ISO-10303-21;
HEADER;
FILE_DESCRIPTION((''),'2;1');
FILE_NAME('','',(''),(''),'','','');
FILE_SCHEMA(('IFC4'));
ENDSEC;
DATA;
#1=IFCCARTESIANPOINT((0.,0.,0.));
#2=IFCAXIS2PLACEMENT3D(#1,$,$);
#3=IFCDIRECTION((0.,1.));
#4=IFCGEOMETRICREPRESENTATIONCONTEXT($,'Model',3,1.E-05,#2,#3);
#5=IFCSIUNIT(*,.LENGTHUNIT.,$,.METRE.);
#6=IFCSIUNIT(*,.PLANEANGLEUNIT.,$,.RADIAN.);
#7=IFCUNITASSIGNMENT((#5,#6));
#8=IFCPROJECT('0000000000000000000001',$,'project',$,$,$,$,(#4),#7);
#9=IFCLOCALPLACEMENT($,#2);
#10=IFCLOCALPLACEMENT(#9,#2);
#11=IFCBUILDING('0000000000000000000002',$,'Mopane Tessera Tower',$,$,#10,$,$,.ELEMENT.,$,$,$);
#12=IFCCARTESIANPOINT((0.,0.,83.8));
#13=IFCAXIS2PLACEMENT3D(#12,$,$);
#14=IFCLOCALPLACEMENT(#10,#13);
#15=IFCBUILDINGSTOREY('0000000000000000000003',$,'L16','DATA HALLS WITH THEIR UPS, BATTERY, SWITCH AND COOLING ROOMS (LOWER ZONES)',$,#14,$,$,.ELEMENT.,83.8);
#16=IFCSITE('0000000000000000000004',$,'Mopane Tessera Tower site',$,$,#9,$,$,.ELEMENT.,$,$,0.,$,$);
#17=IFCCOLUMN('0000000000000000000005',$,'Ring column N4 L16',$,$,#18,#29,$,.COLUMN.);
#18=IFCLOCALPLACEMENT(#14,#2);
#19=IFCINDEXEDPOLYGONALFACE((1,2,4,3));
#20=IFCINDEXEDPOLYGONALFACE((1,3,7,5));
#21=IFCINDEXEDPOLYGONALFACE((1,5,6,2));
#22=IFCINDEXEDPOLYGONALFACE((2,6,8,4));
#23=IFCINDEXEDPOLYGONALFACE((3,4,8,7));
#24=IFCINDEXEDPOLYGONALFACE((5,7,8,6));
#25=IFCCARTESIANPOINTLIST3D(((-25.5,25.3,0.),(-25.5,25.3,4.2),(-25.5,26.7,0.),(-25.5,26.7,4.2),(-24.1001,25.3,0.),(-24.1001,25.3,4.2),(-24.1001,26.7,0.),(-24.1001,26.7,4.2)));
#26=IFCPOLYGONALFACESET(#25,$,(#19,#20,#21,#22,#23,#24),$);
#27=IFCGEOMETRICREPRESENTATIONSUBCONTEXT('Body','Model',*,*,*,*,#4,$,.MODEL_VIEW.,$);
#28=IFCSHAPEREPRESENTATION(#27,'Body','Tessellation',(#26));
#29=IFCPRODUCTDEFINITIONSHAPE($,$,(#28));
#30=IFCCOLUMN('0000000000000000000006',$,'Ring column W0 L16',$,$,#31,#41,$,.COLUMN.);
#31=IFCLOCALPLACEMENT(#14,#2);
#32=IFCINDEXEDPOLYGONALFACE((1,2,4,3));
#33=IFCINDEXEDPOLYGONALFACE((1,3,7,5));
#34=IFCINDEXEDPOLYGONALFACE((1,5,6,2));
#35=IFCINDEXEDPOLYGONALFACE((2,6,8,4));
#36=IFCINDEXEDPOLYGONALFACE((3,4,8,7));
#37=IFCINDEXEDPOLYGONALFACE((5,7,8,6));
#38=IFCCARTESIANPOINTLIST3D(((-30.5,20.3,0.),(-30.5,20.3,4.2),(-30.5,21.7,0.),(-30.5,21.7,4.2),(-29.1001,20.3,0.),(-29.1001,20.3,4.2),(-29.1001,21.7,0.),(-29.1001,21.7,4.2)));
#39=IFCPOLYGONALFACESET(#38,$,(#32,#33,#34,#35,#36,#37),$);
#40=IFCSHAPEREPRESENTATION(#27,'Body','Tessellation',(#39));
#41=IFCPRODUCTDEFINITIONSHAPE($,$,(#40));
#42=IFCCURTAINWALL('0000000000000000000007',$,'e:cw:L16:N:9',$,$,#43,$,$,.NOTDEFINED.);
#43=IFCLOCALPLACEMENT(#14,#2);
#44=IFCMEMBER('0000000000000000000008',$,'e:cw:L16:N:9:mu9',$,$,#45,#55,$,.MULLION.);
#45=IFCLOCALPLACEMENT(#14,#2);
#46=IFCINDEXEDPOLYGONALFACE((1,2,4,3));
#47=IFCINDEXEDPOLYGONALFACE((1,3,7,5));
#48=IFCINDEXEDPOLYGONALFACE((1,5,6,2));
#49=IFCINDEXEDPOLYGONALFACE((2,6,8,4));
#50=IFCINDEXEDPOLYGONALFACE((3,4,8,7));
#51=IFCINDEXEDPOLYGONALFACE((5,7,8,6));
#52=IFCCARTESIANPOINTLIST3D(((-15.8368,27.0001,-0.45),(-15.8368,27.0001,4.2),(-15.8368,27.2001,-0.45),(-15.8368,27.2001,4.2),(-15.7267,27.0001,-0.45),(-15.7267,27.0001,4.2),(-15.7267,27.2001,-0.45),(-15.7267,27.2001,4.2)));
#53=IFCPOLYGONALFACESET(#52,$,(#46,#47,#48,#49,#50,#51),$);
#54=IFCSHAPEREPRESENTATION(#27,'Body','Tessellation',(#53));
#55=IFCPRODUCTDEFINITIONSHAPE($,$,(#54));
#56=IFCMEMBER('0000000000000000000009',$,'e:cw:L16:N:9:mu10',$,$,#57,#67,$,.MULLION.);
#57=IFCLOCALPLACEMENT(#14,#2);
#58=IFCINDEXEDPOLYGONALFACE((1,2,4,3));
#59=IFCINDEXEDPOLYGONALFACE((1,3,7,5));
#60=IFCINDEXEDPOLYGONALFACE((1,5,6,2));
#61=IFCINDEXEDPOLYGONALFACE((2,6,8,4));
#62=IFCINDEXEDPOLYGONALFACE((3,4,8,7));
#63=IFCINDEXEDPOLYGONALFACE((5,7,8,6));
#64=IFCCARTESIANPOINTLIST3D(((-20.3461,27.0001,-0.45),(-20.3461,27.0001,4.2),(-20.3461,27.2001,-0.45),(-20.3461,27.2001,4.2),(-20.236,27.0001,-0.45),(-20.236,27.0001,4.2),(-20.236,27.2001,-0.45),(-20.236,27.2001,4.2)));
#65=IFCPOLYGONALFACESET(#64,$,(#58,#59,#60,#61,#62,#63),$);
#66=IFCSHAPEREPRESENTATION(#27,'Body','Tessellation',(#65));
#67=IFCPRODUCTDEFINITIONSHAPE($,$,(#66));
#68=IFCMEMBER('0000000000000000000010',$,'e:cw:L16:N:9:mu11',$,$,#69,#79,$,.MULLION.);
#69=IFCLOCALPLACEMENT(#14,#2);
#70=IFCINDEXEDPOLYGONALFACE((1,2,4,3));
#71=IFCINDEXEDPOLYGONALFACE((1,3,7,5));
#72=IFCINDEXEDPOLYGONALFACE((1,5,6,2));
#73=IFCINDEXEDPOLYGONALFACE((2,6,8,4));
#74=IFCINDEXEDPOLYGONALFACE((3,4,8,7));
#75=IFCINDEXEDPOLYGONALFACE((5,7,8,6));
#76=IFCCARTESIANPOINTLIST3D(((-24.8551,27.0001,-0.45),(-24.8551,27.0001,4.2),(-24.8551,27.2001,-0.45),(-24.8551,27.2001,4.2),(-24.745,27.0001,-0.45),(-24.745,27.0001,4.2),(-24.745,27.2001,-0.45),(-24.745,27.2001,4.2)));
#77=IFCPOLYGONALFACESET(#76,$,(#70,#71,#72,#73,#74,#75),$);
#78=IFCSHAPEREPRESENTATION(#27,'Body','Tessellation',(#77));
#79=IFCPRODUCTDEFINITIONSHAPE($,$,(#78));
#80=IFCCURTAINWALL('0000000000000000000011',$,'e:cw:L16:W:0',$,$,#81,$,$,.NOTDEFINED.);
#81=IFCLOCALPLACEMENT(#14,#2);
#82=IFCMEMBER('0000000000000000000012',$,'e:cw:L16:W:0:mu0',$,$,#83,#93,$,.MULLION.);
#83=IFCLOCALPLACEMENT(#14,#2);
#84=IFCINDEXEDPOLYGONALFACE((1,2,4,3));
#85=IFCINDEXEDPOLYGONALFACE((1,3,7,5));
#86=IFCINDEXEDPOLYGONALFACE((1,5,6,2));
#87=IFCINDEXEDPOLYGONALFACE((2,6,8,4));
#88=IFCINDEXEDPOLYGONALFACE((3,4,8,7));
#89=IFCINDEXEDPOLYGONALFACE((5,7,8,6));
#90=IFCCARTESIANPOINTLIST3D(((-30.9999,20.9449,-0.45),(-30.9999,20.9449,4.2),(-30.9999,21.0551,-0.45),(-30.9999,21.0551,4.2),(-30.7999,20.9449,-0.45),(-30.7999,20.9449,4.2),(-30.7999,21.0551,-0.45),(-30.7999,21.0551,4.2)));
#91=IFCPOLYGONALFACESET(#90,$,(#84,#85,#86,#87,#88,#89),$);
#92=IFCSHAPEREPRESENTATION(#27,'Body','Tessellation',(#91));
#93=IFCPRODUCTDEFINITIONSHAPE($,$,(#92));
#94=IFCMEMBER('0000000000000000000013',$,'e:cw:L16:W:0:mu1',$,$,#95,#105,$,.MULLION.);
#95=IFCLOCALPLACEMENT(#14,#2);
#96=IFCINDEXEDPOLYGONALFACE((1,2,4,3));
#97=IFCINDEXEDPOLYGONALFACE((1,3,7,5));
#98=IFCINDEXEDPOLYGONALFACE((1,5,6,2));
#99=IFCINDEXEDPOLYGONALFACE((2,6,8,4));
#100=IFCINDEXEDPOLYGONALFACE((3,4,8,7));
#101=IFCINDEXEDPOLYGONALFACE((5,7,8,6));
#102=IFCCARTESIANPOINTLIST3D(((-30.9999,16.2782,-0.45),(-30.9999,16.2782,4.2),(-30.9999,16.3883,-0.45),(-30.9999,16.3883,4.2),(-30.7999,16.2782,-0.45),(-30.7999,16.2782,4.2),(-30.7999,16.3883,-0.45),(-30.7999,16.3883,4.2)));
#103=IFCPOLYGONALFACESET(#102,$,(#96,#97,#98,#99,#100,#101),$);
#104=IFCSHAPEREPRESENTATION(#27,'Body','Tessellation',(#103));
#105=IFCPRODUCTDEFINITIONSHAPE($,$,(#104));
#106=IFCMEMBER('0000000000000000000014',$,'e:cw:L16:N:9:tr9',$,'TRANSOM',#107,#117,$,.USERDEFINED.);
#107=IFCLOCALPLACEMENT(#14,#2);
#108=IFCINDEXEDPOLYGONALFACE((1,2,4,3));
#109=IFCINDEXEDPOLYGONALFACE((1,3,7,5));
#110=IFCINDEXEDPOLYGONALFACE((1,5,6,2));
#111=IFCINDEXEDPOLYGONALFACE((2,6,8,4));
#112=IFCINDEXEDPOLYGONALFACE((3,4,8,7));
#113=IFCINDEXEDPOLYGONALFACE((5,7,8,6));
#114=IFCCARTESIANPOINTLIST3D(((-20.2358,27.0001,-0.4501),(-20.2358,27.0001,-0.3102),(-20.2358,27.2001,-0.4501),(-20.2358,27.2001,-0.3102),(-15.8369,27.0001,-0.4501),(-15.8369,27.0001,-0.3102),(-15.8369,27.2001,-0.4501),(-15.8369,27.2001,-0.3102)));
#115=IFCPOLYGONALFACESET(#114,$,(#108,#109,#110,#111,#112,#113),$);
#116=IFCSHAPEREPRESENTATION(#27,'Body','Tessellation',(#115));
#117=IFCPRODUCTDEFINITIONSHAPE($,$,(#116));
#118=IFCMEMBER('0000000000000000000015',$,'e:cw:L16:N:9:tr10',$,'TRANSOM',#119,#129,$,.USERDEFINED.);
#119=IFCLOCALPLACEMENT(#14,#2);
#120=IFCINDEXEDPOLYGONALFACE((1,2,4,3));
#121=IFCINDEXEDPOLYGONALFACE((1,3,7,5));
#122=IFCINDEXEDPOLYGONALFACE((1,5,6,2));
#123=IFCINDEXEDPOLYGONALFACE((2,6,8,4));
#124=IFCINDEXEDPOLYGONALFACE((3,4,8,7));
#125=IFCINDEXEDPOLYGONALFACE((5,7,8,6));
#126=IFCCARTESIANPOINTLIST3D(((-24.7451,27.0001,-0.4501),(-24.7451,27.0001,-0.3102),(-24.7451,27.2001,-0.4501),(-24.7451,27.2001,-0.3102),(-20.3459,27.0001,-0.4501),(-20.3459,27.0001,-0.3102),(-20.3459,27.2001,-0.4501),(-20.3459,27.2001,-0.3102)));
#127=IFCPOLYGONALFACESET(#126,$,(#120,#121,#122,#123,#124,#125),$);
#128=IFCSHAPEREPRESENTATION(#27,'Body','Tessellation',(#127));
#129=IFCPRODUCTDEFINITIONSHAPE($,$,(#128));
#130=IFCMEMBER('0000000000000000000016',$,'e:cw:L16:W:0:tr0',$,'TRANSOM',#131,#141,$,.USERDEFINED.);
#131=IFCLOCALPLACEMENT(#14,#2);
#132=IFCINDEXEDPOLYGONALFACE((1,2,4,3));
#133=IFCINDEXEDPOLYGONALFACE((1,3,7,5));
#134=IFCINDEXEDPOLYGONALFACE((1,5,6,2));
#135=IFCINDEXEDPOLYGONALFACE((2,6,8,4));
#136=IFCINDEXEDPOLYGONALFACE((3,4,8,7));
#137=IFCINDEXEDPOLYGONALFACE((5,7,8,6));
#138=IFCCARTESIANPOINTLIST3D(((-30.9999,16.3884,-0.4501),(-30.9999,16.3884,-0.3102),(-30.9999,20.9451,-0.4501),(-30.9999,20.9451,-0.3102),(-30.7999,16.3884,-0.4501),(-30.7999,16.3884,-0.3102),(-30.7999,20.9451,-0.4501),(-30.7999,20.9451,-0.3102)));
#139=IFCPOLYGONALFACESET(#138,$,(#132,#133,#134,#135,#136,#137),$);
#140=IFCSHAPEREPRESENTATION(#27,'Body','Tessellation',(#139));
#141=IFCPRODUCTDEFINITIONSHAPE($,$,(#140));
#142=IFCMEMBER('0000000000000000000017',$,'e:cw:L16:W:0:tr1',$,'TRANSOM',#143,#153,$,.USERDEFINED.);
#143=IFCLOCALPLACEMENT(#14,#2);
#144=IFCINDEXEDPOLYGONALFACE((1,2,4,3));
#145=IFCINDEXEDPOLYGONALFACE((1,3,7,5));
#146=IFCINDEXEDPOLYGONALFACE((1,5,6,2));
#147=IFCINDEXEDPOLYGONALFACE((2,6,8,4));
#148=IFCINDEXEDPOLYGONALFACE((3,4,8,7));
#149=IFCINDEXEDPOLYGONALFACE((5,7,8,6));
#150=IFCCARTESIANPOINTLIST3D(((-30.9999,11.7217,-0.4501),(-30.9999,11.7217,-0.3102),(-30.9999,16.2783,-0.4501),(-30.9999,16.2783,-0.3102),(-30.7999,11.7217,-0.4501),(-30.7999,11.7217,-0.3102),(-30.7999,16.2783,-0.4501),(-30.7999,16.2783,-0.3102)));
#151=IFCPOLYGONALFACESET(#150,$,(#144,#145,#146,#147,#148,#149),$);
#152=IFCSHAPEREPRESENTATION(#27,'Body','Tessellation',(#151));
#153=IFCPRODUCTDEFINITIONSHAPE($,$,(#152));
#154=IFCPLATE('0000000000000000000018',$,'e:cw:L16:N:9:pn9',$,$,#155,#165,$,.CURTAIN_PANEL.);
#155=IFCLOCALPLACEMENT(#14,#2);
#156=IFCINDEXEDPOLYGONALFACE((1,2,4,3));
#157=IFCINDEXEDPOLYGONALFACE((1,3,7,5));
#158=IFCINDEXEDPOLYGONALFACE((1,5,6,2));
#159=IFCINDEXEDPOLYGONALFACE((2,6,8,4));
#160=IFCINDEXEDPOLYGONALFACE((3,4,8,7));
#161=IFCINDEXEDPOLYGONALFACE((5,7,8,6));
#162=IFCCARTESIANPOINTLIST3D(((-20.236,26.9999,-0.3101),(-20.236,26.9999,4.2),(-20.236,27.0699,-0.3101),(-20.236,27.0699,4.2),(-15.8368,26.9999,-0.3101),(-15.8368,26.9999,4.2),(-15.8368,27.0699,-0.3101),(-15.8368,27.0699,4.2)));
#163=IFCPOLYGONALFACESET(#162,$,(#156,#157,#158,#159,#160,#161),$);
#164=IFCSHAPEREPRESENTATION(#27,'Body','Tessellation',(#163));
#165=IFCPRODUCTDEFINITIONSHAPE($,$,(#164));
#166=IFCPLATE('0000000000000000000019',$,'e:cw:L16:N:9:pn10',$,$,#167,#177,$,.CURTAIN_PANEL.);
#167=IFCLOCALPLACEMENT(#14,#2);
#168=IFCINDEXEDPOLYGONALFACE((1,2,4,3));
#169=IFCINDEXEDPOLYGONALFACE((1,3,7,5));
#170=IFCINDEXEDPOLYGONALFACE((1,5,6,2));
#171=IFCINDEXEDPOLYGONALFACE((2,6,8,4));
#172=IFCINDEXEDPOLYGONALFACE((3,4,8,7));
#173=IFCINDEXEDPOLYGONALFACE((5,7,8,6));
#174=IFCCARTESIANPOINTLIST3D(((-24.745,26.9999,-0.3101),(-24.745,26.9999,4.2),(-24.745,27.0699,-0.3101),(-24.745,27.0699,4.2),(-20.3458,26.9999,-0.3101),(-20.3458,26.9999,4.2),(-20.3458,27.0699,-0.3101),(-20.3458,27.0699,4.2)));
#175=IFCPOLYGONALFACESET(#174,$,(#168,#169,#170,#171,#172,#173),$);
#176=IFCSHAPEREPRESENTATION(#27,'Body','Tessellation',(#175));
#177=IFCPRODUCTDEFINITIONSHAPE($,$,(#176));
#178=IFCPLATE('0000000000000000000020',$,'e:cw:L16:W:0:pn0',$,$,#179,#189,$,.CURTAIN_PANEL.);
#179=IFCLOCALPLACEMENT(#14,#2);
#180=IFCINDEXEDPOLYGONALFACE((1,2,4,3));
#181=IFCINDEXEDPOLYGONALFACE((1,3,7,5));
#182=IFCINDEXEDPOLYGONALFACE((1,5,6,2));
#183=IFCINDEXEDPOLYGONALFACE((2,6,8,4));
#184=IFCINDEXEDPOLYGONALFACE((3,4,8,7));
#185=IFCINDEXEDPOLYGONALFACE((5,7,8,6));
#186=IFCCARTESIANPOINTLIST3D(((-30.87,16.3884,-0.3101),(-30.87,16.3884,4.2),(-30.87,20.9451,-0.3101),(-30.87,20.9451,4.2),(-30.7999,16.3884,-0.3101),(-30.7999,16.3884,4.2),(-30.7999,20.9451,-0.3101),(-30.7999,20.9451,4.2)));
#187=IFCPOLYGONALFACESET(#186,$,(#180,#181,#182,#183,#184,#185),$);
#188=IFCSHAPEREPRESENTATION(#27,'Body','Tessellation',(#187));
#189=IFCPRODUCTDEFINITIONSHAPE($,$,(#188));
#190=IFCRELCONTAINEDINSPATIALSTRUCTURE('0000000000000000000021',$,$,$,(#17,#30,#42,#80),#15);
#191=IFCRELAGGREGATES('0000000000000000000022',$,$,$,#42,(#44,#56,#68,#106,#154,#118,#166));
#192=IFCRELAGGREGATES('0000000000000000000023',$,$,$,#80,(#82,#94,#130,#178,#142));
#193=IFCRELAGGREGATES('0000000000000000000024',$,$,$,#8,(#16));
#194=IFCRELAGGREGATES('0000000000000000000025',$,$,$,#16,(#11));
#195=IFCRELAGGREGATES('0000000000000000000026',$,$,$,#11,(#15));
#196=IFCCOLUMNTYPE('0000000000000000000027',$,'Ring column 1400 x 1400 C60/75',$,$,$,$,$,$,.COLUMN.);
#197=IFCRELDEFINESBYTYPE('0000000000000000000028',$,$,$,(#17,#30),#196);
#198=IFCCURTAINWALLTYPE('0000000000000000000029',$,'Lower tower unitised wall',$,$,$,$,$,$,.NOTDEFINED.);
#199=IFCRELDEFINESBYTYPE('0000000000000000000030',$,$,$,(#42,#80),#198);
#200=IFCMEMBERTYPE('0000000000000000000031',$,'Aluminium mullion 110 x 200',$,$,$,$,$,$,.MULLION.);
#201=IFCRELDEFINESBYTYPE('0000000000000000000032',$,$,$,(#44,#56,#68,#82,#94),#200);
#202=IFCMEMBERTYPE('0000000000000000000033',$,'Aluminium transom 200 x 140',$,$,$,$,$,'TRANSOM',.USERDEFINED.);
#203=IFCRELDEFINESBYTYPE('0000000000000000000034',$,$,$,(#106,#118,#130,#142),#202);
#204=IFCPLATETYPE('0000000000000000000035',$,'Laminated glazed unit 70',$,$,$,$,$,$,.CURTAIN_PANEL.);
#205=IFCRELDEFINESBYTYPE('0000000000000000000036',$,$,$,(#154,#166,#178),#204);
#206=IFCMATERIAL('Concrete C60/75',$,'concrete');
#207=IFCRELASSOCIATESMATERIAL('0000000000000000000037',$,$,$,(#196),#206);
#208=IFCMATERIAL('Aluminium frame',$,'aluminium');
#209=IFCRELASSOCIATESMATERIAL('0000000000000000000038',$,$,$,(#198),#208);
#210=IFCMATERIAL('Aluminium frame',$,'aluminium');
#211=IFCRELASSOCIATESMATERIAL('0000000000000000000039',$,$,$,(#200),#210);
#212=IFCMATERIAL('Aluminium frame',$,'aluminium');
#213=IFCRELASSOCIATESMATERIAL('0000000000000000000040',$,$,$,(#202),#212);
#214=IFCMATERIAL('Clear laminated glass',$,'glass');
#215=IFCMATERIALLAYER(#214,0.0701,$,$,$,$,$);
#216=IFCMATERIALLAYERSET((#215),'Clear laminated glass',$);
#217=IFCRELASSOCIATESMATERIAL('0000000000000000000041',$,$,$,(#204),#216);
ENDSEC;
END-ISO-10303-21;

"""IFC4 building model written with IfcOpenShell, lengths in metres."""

from ifc_helpers import new_model, si_unit, direction, frame, origin, origin_2d, place, context, subcontext, project, spatial, rectangle, extrude, material, layer, layer_set, material_profile, profile_set, type_object, element, aggregate, save


model = new_model("IFC4")

# Units and contexts
model_context = context("Model", 3, precision=1e-05, world=origin(), true_north=direction((0.0, 1.0)))
body_context = subcontext(model_context, "Body", "Model", "MODEL_VIEW")
ifc_project = project(units=[si_unit("LENGTHUNIT", "METRE"), si_unit("PLANEANGLEUNIT", "RADIAN")], contexts=[model_context])

# Site, building, storey
site_placement = place(None, origin())
site = spatial("IfcSite", under=ifc_project, at=site_placement, Name="Mopane Tessera Tower site", CompositionType="ELEMENT", RefElevation=0.0)
building_placement = place(site_placement, origin())
building = spatial("IfcBuilding", under=site, at=building_placement, Name="Mopane Tessera Tower", CompositionType="ELEMENT")
storey_placement = place(building_placement, frame((0.0, 0.0, 83.8)))
storey = spatial("IfcBuildingStorey", under=building, at=storey_placement, Name="L16", Description="DATA HALLS WITH THEIR UPS, BATTERY, SWITCH AND COOLING ROOMS (LOWER ZONES)", CompositionType="ELEMENT", Elevation=83.8)

# Columns
ifc_material_1 = material(Name="Concrete C60/75", Category="concrete")
ifc_material_profile_1 = material_profile(ifc_material_1, rectangle(XDim=1.3999, YDim=1.3999, at=origin_2d()))
ifc_profile_set_1 = profile_set([ifc_material_profile_1], Name="Concrete C60/75")
column_type = type_object("IfcColumnType", Name="Ring column 1400 x 1400 C60/75", PredefinedType="COLUMN", material=ifc_profile_set_1)
for number, where, z_axis, x_axis, name in (
    (1, (-24.8, 26.0, 0.0), (0.0, 0.0, 1.0), (1.0, 0.0, 0.0), "Ring column N4 L16"),
    (2, (-29.8, 21.0, 0.0), (0.0, 0.0, 1.0), (1.0, 0.0, 0.0), "Ring column W0 L16"),
):
    element("IfcColumn", number, at=place(storey_placement, frame(where, z_axis=z_axis, x_axis=x_axis)), inside=storey, type_object=column_type, Name=name, PredefinedType="COLUMN", context=body_context, shape_type="SweptSolid", body=[
        extrude(rectangle(XDim=1.3999, YDim=1.3999, at=origin_2d()), origin(), (0.0, 0.0, 1.0), 4.2),
    ])

# Curtain walls, members
ifc_material_2 = material(Name="Aluminium frame", Category="aluminium")
curtain_wall_type = type_object("IfcCurtainWallType", Name="Lower tower unitised wall", PredefinedType="NOTDEFINED", material=ifc_material_2)
curtain_wall_1_placement = place(storey_placement, origin())
curtain_wall_1 = element("IfcCurtainWall", 3, at=curtain_wall_1_placement, inside=storey, type_object=curtain_wall_type, Name="e:cw:L16:N:9", PredefinedType="NOTDEFINED")
ifc_material_3 = material(Name="Aluminium frame", Category="aluminium")
ifc_material_profile_2 = material_profile(ifc_material_3, rectangle(XDim=0.1101, YDim=0.2, at=origin_2d()))
ifc_profile_set_2 = profile_set([ifc_material_profile_2], Name="Aluminium frame")
member_type_1 = type_object("IfcMemberType", Name="Aluminium mullion 110 x 200", PredefinedType="MULLION", material=ifc_profile_set_2)
member_1_placement = place(storey_placement, frame((-15.7817, 27.1001, -0.45), z_axis=(0.0, 0.0, 1.0), x_axis=(-1.0, 0.0, 0.0)))
member_1 = element("IfcMember", 4, at=member_1_placement, type_object=member_type_1, Name="e:cw:L16:N:9:mu9", PredefinedType="MULLION", context=body_context, shape_type="SweptSolid", body=[
    extrude(rectangle(XDim=0.1101, YDim=0.2, at=origin_2d()), origin(), (0.0, 0.0, 1.0), 4.6499),
])
member_2_placement = place(storey_placement, frame((-20.291, 27.1001, -0.45), z_axis=(0.0, 0.0, 1.0), x_axis=(-1.0, 0.0, 0.0)))
member_2 = element("IfcMember", 5, at=member_2_placement, type_object=member_type_1, Name="e:cw:L16:N:9:mu10", PredefinedType="MULLION", context=body_context, shape_type="SweptSolid", body=[
    extrude(rectangle(XDim=0.1101, YDim=0.2, at=origin_2d()), origin(), (0.0, 0.0, 1.0), 4.6499),
])
member_3_placement = place(storey_placement, frame((-24.8, 27.1001, -0.45), z_axis=(0.0, 0.0, 1.0), x_axis=(-1.0, 0.0, 0.0)))
member_3 = element("IfcMember", 6, at=member_3_placement, type_object=member_type_1, Name="e:cw:L16:N:9:mu11", PredefinedType="MULLION", context=body_context, shape_type="SweptSolid", body=[
    extrude(rectangle(XDim=0.1101, YDim=0.2, at=origin_2d()), origin(), (0.0, 0.0, 1.0), 4.6499),
])
curtain_wall_2_placement = place(storey_placement, origin())
curtain_wall_2 = element("IfcCurtainWall", 7, at=curtain_wall_2_placement, inside=storey, type_object=curtain_wall_type, Name="e:cw:L16:W:0", PredefinedType="NOTDEFINED")
member_4_placement = place(storey_placement, frame((-30.8999, 21.0, -0.45), z_axis=(0.0, 0.0, 1.0), x_axis=(0.0, -1.0, 0.0)))
member_4 = element("IfcMember", 8, at=member_4_placement, type_object=member_type_1, Name="e:cw:L16:W:0:mu0", PredefinedType="MULLION", context=body_context, shape_type="SweptSolid", body=[
    extrude(rectangle(XDim=0.1101, YDim=0.2, at=origin_2d()), origin(), (0.0, 0.0, 1.0), 4.6499),
])
member_5_placement = place(storey_placement, frame((-30.8999, 16.3333, -0.45), z_axis=(0.0, 0.0, 1.0), x_axis=(0.0, -1.0, 0.0)))
member_5 = element("IfcMember", 9, at=member_5_placement, type_object=member_type_1, Name="e:cw:L16:W:0:mu1", PredefinedType="MULLION", context=body_context, shape_type="SweptSolid", body=[
    extrude(rectangle(XDim=0.1101, YDim=0.2, at=origin_2d()), origin(), (0.0, 0.0, 1.0), 4.6499),
])

# Members
ifc_material_4 = material(Name="Aluminium frame", Category="aluminium")
ifc_material_profile_3 = material_profile(ifc_material_4, rectangle(XDim=0.2, YDim=0.1399, at=origin_2d()))
ifc_profile_set_3 = profile_set([ifc_material_profile_3], Name="Aluminium frame")
member_type_2 = type_object("IfcMemberType", Name="Aluminium transom 200 x 140", ElementType="TRANSOM", PredefinedType="USERDEFINED", material=ifc_profile_set_3)
member_6_placement = place(storey_placement, frame((-15.8369, 27.1001, -0.3801), z_axis=(-1.0, 0.0, 0.0), x_axis=(0.0, -1.0, 0.0)))
member_6 = element("IfcMember", 10, at=member_6_placement, type_object=member_type_2, Name="e:cw:L16:N:9:tr9", ObjectType="TRANSOM", PredefinedType="USERDEFINED", context=body_context, shape_type="SweptSolid", body=[
    extrude(rectangle(XDim=0.2, YDim=0.1399, at=origin_2d()), origin(), (0.0, 0.0, 1.0), 4.3989),
])
member_7_placement = place(storey_placement, frame((-20.3459, 27.1001, -0.3801), z_axis=(-1.0, 0.0, 0.0), x_axis=(0.0, -1.0, 0.0)))
member_7 = element("IfcMember", 11, at=member_7_placement, type_object=member_type_2, Name="e:cw:L16:N:9:tr10", ObjectType="TRANSOM", PredefinedType="USERDEFINED", context=body_context, shape_type="SweptSolid", body=[
    extrude(rectangle(XDim=0.2, YDim=0.1399, at=origin_2d()), origin(), (0.0, 0.0, 1.0), 4.3992),
])
member_8_placement = place(storey_placement, frame((-30.8999, 20.9451, -0.3801), z_axis=(0.0, -1.0, 0.0), x_axis=(1.0, 0.0, 0.0)))
member_8 = element("IfcMember", 12, at=member_8_placement, type_object=member_type_2, Name="e:cw:L16:W:0:tr0", ObjectType="TRANSOM", PredefinedType="USERDEFINED", context=body_context, shape_type="SweptSolid", body=[
    extrude(rectangle(XDim=0.2, YDim=0.1399, at=origin_2d()), origin(), (0.0, 0.0, 1.0), 4.5566),
])
member_9_placement = place(storey_placement, frame((-30.8999, 16.2783, -0.3801), z_axis=(0.0, -1.0, 0.0), x_axis=(1.0, 0.0, 0.0)))
member_9 = element("IfcMember", 13, at=member_9_placement, type_object=member_type_2, Name="e:cw:L16:W:0:tr1", ObjectType="TRANSOM", PredefinedType="USERDEFINED", context=body_context, shape_type="SweptSolid", body=[
    extrude(rectangle(XDim=0.2, YDim=0.1399, at=origin_2d()), origin(), (0.0, 0.0, 1.0), 4.5566),
])

# Plates
ifc_material_5 = material(Name="Clear laminated glass", Category="glass")
ifc_layer_1 = layer(ifc_material_5, 0.0701)
ifc_layer_set_1 = layer_set([ifc_layer_1], Name="Clear laminated glass")
plate_type = type_object("IfcPlateType", Name="Laminated glazed unit 70", PredefinedType="CURTAIN_PANEL", material=ifc_layer_set_1)
plate_1_placement = place(storey_placement, frame((-18.0364, 27.0349, -0.3101), z_axis=(0.0, 0.0, 1.0), x_axis=(-1.0, 0.0, 0.0)))
plate_1 = element("IfcPlate", 14, at=plate_1_placement, type_object=plate_type, Name="e:cw:L16:N:9:pn9", PredefinedType="CURTAIN_PANEL", context=body_context, shape_type="SweptSolid", body=[
    extrude(rectangle(XDim=4.3992, YDim=0.0701, at=origin_2d()), origin(), (0.0, 0.0, 1.0), 4.51),
])
plate_2_placement = place(storey_placement, frame((-22.5454, 27.0349, -0.3101), z_axis=(0.0, 0.0, 1.0), x_axis=(-1.0, 0.0, 0.0)))
plate_2 = element("IfcPlate", 15, at=plate_2_placement, type_object=plate_type, Name="e:cw:L16:N:9:pn10", PredefinedType="CURTAIN_PANEL", context=body_context, shape_type="SweptSolid", body=[
    extrude(rectangle(XDim=4.3992, YDim=0.0701, at=origin_2d()), origin(), (0.0, 0.0, 1.0), 4.51),
])
aggregate(curtain_wall_1, [member_1, member_2, member_3, member_6, plate_1, member_7, plate_2])
plate_3_placement = place(storey_placement, frame((-30.835, 18.6667, -0.3101), z_axis=(0.0, 0.0, 1.0), x_axis=(0.0, -1.0, 0.0)))
plate_3 = element("IfcPlate", 16, at=plate_3_placement, type_object=plate_type, Name="e:cw:L16:W:0:pn0", PredefinedType="CURTAIN_PANEL", context=body_context, shape_type="SweptSolid", body=[
    extrude(rectangle(XDim=4.5566, YDim=0.0701, at=origin_2d()), origin(), (0.0, 0.0, 1.0), 4.51),
])
aggregate(curtain_wall_2, [member_4, member_5, member_8, plate_3, member_9])

save(model, "model.ifc")
